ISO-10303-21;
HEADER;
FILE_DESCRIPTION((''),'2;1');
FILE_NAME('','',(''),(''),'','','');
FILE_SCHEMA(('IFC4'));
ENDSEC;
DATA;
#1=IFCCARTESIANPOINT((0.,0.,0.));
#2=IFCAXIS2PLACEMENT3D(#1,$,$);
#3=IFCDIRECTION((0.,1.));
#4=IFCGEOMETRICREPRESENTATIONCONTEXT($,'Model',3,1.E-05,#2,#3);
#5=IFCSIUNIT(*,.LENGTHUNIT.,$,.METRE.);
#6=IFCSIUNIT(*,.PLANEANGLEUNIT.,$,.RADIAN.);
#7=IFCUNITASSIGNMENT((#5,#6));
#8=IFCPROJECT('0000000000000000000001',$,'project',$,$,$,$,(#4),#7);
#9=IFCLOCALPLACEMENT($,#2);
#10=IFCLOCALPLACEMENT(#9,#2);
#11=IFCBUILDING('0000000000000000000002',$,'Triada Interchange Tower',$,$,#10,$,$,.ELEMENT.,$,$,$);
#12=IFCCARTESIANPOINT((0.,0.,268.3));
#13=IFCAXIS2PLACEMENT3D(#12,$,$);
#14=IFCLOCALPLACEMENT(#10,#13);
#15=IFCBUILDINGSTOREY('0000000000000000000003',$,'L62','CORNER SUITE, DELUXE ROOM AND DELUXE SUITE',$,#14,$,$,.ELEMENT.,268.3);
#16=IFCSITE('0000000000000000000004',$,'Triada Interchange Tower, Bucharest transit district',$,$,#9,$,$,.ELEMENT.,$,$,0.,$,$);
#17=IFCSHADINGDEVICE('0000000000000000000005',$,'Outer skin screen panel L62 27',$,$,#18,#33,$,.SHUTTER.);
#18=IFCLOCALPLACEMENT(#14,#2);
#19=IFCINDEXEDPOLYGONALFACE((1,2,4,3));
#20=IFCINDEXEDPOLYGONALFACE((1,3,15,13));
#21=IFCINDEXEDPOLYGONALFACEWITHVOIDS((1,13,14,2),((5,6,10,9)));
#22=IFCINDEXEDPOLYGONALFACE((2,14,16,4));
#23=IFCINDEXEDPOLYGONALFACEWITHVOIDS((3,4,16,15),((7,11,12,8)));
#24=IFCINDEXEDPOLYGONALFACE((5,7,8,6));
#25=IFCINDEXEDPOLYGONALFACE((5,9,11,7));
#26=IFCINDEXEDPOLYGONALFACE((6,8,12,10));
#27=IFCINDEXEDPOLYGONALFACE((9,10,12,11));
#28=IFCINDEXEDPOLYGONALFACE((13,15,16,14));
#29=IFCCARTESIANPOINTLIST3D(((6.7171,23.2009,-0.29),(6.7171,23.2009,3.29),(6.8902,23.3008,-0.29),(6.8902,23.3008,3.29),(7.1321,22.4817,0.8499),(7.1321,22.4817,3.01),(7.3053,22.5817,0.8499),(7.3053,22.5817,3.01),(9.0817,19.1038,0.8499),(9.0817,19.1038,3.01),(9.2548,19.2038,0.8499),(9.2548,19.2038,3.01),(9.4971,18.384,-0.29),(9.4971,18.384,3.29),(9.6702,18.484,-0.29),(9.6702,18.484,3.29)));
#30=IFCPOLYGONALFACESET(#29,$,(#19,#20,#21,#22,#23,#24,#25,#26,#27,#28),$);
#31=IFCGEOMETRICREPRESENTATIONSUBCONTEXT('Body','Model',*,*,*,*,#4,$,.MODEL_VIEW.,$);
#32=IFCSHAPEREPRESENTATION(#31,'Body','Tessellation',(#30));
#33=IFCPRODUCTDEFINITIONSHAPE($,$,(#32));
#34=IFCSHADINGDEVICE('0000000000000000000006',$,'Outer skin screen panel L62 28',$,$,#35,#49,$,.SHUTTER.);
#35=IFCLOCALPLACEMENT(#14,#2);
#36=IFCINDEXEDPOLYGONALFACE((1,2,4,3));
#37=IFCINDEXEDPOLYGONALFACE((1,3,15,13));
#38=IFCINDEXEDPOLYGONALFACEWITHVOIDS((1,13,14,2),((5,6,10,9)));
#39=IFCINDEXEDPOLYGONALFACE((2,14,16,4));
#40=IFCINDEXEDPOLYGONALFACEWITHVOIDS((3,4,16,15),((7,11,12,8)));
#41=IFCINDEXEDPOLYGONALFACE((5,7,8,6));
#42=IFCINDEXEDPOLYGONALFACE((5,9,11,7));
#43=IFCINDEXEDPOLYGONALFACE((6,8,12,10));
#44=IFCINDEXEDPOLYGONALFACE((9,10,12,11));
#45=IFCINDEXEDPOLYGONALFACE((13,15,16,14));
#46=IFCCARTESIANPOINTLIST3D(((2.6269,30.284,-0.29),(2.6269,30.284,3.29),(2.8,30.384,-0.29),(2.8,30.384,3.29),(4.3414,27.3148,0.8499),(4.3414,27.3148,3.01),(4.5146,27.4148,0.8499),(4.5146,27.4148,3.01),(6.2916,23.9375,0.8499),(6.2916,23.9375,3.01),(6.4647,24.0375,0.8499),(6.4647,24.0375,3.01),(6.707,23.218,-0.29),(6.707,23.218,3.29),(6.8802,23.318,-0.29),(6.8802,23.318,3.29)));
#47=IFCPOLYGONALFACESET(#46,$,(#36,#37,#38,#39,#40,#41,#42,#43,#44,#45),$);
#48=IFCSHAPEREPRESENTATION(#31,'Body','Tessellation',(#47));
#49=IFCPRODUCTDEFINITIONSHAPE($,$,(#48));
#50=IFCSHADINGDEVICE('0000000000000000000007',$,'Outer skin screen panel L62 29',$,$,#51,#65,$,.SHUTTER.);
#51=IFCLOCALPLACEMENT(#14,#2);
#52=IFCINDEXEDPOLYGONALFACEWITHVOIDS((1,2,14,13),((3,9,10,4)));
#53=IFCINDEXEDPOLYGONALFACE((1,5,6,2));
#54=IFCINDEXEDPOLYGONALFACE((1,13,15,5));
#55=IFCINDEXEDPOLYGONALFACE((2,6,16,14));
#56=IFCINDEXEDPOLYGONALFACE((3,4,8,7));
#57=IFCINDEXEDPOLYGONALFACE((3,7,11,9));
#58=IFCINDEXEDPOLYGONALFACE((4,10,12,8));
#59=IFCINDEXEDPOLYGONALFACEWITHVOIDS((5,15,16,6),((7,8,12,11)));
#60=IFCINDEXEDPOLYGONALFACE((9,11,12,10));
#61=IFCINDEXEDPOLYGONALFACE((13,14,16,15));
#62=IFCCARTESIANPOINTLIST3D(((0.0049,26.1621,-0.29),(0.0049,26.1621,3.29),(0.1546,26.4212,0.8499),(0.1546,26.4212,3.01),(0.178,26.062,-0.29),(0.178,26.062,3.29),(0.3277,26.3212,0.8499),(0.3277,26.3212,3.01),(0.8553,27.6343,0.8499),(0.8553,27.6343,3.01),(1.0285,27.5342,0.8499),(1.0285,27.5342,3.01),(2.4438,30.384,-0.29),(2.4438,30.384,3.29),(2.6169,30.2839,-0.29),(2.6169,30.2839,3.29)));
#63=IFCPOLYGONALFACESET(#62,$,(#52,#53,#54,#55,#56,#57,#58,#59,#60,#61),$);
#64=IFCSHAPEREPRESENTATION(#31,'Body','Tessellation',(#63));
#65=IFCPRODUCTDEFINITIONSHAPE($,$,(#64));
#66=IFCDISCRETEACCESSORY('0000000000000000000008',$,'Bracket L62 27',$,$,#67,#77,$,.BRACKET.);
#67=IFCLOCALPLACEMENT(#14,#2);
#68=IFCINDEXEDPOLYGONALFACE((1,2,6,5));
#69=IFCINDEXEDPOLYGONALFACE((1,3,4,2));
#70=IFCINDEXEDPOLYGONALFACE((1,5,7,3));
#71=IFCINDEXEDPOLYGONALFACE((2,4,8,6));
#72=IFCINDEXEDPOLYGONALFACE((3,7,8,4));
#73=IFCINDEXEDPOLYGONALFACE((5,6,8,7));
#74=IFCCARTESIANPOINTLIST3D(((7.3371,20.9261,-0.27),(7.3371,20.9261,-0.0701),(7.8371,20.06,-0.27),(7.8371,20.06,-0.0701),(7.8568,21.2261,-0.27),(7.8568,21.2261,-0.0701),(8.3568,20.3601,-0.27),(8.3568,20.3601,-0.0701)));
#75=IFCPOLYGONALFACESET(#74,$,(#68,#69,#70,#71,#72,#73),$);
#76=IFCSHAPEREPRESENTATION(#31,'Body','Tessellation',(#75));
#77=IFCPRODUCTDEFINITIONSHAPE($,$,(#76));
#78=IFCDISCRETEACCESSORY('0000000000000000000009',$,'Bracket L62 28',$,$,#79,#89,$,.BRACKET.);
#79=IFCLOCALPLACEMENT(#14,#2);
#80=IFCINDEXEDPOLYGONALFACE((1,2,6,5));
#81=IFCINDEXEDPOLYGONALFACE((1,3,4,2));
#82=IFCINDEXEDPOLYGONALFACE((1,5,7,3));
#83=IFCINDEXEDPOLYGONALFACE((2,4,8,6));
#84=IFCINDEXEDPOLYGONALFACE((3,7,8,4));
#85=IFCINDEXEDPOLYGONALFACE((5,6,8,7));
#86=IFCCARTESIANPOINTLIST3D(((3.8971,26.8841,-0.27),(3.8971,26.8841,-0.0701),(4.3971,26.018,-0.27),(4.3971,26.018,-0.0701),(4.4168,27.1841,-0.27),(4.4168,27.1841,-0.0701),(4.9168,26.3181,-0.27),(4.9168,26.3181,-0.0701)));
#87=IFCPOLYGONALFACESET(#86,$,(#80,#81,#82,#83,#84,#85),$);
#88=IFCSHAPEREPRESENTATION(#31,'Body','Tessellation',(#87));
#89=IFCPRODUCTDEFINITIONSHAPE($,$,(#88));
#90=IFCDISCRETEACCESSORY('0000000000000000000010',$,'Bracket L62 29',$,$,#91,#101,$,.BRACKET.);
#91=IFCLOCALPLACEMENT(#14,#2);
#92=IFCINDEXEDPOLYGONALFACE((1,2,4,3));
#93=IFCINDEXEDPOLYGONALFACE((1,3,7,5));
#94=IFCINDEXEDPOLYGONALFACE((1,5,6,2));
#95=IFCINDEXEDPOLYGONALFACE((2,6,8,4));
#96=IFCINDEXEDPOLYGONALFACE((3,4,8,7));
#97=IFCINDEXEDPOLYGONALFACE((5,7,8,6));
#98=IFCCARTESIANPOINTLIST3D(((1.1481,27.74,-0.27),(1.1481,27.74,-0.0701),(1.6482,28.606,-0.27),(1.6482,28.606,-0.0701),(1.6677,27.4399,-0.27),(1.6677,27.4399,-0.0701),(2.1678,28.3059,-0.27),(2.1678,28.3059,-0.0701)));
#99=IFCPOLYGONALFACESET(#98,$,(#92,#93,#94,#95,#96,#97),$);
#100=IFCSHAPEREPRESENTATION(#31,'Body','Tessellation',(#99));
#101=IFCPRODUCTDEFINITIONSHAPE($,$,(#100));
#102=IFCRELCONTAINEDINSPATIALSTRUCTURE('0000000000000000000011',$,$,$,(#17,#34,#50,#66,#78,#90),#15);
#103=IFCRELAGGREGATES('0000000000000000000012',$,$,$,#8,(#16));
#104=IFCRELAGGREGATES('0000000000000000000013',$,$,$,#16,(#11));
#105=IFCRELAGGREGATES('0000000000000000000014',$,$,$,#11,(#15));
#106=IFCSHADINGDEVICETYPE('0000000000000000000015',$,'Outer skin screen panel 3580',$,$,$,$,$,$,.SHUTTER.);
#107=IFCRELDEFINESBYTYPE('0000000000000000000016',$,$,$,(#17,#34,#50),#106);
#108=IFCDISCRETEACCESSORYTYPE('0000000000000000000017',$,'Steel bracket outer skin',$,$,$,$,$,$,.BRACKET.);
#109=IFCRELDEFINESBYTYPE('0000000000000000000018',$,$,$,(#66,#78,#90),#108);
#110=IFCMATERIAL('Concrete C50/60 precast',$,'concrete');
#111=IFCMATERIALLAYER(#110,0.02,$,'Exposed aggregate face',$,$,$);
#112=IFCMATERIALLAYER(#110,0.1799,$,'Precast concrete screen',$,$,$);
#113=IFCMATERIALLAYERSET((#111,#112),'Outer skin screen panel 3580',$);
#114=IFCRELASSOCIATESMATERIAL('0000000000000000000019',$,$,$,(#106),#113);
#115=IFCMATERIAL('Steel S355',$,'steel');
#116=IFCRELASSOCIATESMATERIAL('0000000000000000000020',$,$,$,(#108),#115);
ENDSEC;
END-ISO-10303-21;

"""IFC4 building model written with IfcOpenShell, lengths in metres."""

from ifc_helpers import new_model, si_unit, direction, frame, origin, origin_2d, place, context, subcontext, project, spatial, polyline, rectangle, outline, extrude, material, layer, layer_set, type_object, element, save


model = new_model("IFC4")

# Units and contexts
model_context = context("Model", 3, precision=1e-05, world=origin(), true_north=direction((0.0, 1.0)))
body_context = subcontext(model_context, "Body", "Model", "MODEL_VIEW")
ifc_project = project(units=[si_unit("LENGTHUNIT", "METRE"), si_unit("PLANEANGLEUNIT", "RADIAN")], contexts=[model_context])

# Site, building, storey
site_placement = place(None, origin())
site = spatial("IfcSite", under=ifc_project, at=site_placement, Name="Triada Interchange Tower, Bucharest transit district", CompositionType="ELEMENT", RefElevation=0.0)
building_placement = place(site_placement, origin())
building = spatial("IfcBuilding", under=site, at=building_placement, Name="Triada Interchange Tower", CompositionType="ELEMENT")
storey_placement = place(building_placement, frame((0.0, 0.0, 268.3)))
storey = spatial("IfcBuildingStorey", under=building, at=storey_placement, Name="L62", Description="CORNER SUITE, DELUXE ROOM AND DELUXE SUITE", CompositionType="ELEMENT", Elevation=268.3)

# Shading devices
ifc_material_1 = material(Name="Concrete C50/60 precast", Category="concrete")
ifc_layer_1 = layer(ifc_material_1, 0.02, Name="Exposed aggregate face")
ifc_layer_2 = layer(ifc_material_1, 0.1799, Name="Precast concrete screen")
ifc_layer_set_1 = layer_set([ifc_layer_1, ifc_layer_2], Name="Outer skin screen panel 3580")
shading_device_type = type_object("IfcShadingDeviceType", Name="Outer skin screen panel 3580", PredefinedType="SHUTTER", material=ifc_layer_set_1)
shading_device_1_placement = place(storey_placement, frame((9.4971, 18.384, -0.29), z_axis=(0.0, 0.0, 1.0), x_axis=(-0.499864, 0.866104, 0.0)))
element("IfcShadingDevice", 1, at=shading_device_1_placement, inside=storey, type_object=shading_device_type, Name="Outer skin screen panel L62 27", PredefinedType="SHUTTER", context=body_context, shape_type="SweptSolid", body=[
    extrude(outline(polyline([(0.0, 0.0), (5.5615, 0.0), (5.5615, 3.5801), (0.0, 3.5801), (0.0, 0.0)]), holes=[polyline([(0.8311, 1.1399), (0.8311, 3.3), (4.7312, 3.3), (4.7312, 1.1399), (0.8311, 1.1399)])]), frame((0.0, 0.0, 0.0), z_axis=(0.0, -1.0, 0.0), x_axis=(1.0, 0.0, 0.0)), (0.0, 0.0, 1.0), 0.2),
])
shading_device_2_placement = place(storey_placement, frame((6.707, 23.218, -0.29), z_axis=(0.0, 0.0, 1.0), x_axis=(-0.500052, 0.865995, 0.0)))
element("IfcShadingDevice", 2, at=shading_device_2_placement, inside=storey, type_object=shading_device_type, Name="Outer skin screen panel L62 28", PredefinedType="SHUTTER", context=body_context, shape_type="SweptSolid", body=[
    extrude(outline(polyline([(0.0, 0.0), (8.1594, 0.0), (8.1594, 3.5801), (0.0, 3.5801), (0.0, 0.0)]), holes=[polyline([(0.8308, 1.1399), (0.8308, 3.3), (4.7307, 3.3), (4.7307, 1.1399), (0.8308, 1.1399)])]), frame((0.0, 0.0, 0.0), z_axis=(0.0, -1.0, 0.0), x_axis=(1.0, 0.0, 0.0)), (0.0, 0.0, 1.0), 0.2),
])
shading_device_3_placement = place(storey_placement, frame((2.6169, 30.2839, -0.29), z_axis=(0.0, 0.0, 1.0), x_axis=(-0.500221, -0.865898, 0.0)))
element("IfcShadingDevice", 3, at=shading_device_3_placement, inside=storey, type_object=shading_device_type, Name="Outer skin screen panel L62 29", PredefinedType="SHUTTER", context=body_context, shape_type="SweptSolid", body=[
    extrude(outline(polyline([(0.0, 0.0), (4.8757, 0.0), (4.8757, 3.5801), (0.0, 3.5801), (0.0, 0.0)]), holes=[polyline([(3.1755, 1.1399), (3.1755, 3.3), (4.5764, 3.3), (4.5764, 1.1399), (3.1755, 1.1399)])]), frame((0.0, 0.0, 0.0), z_axis=(0.0, -1.0, 0.0), x_axis=(1.0, 0.0, 0.0)), (0.0, 0.0, 1.0), 0.2),
])

# Discrete accessories
ifc_material_2 = material(Name="Steel S355", Category="steel")
discrete_accessory_type = type_object("IfcDiscreteAccessoryType", Name="Steel bracket outer skin", PredefinedType="BRACKET", material=ifc_material_2)
for number, where, z_axis, x_axis, name in (
    (4, (7.8469, 20.6431, -0.27), (0.0, 0.0, 1.0), (0.866029, 0.499994, 0.0), "Bracket L62 27"),
    (5, (4.407, 26.6011, -0.27), (0.0, 0.0, 1.0), (0.866029, 0.499994, 0.0), "Bracket L62 28"),
    (6, (1.658, 28.0229, -0.27), (0.0, 0.0, 1.0), (-0.865957, 0.500119, 0.0), "Bracket L62 29"),
):
    element("IfcDiscreteAccessory", number, at=place(storey_placement, frame(where, z_axis=z_axis, x_axis=x_axis)), inside=storey, type_object=discrete_accessory_type, Name=name, PredefinedType="BRACKET", context=body_context, shape_type="SweptSolid", body=[
        extrude(rectangle(XDim=0.6001, YDim=1.0, at=origin_2d()), origin(), (0.0, 0.0, 1.0), 0.2),
    ])

save(model, "model.ifc")
